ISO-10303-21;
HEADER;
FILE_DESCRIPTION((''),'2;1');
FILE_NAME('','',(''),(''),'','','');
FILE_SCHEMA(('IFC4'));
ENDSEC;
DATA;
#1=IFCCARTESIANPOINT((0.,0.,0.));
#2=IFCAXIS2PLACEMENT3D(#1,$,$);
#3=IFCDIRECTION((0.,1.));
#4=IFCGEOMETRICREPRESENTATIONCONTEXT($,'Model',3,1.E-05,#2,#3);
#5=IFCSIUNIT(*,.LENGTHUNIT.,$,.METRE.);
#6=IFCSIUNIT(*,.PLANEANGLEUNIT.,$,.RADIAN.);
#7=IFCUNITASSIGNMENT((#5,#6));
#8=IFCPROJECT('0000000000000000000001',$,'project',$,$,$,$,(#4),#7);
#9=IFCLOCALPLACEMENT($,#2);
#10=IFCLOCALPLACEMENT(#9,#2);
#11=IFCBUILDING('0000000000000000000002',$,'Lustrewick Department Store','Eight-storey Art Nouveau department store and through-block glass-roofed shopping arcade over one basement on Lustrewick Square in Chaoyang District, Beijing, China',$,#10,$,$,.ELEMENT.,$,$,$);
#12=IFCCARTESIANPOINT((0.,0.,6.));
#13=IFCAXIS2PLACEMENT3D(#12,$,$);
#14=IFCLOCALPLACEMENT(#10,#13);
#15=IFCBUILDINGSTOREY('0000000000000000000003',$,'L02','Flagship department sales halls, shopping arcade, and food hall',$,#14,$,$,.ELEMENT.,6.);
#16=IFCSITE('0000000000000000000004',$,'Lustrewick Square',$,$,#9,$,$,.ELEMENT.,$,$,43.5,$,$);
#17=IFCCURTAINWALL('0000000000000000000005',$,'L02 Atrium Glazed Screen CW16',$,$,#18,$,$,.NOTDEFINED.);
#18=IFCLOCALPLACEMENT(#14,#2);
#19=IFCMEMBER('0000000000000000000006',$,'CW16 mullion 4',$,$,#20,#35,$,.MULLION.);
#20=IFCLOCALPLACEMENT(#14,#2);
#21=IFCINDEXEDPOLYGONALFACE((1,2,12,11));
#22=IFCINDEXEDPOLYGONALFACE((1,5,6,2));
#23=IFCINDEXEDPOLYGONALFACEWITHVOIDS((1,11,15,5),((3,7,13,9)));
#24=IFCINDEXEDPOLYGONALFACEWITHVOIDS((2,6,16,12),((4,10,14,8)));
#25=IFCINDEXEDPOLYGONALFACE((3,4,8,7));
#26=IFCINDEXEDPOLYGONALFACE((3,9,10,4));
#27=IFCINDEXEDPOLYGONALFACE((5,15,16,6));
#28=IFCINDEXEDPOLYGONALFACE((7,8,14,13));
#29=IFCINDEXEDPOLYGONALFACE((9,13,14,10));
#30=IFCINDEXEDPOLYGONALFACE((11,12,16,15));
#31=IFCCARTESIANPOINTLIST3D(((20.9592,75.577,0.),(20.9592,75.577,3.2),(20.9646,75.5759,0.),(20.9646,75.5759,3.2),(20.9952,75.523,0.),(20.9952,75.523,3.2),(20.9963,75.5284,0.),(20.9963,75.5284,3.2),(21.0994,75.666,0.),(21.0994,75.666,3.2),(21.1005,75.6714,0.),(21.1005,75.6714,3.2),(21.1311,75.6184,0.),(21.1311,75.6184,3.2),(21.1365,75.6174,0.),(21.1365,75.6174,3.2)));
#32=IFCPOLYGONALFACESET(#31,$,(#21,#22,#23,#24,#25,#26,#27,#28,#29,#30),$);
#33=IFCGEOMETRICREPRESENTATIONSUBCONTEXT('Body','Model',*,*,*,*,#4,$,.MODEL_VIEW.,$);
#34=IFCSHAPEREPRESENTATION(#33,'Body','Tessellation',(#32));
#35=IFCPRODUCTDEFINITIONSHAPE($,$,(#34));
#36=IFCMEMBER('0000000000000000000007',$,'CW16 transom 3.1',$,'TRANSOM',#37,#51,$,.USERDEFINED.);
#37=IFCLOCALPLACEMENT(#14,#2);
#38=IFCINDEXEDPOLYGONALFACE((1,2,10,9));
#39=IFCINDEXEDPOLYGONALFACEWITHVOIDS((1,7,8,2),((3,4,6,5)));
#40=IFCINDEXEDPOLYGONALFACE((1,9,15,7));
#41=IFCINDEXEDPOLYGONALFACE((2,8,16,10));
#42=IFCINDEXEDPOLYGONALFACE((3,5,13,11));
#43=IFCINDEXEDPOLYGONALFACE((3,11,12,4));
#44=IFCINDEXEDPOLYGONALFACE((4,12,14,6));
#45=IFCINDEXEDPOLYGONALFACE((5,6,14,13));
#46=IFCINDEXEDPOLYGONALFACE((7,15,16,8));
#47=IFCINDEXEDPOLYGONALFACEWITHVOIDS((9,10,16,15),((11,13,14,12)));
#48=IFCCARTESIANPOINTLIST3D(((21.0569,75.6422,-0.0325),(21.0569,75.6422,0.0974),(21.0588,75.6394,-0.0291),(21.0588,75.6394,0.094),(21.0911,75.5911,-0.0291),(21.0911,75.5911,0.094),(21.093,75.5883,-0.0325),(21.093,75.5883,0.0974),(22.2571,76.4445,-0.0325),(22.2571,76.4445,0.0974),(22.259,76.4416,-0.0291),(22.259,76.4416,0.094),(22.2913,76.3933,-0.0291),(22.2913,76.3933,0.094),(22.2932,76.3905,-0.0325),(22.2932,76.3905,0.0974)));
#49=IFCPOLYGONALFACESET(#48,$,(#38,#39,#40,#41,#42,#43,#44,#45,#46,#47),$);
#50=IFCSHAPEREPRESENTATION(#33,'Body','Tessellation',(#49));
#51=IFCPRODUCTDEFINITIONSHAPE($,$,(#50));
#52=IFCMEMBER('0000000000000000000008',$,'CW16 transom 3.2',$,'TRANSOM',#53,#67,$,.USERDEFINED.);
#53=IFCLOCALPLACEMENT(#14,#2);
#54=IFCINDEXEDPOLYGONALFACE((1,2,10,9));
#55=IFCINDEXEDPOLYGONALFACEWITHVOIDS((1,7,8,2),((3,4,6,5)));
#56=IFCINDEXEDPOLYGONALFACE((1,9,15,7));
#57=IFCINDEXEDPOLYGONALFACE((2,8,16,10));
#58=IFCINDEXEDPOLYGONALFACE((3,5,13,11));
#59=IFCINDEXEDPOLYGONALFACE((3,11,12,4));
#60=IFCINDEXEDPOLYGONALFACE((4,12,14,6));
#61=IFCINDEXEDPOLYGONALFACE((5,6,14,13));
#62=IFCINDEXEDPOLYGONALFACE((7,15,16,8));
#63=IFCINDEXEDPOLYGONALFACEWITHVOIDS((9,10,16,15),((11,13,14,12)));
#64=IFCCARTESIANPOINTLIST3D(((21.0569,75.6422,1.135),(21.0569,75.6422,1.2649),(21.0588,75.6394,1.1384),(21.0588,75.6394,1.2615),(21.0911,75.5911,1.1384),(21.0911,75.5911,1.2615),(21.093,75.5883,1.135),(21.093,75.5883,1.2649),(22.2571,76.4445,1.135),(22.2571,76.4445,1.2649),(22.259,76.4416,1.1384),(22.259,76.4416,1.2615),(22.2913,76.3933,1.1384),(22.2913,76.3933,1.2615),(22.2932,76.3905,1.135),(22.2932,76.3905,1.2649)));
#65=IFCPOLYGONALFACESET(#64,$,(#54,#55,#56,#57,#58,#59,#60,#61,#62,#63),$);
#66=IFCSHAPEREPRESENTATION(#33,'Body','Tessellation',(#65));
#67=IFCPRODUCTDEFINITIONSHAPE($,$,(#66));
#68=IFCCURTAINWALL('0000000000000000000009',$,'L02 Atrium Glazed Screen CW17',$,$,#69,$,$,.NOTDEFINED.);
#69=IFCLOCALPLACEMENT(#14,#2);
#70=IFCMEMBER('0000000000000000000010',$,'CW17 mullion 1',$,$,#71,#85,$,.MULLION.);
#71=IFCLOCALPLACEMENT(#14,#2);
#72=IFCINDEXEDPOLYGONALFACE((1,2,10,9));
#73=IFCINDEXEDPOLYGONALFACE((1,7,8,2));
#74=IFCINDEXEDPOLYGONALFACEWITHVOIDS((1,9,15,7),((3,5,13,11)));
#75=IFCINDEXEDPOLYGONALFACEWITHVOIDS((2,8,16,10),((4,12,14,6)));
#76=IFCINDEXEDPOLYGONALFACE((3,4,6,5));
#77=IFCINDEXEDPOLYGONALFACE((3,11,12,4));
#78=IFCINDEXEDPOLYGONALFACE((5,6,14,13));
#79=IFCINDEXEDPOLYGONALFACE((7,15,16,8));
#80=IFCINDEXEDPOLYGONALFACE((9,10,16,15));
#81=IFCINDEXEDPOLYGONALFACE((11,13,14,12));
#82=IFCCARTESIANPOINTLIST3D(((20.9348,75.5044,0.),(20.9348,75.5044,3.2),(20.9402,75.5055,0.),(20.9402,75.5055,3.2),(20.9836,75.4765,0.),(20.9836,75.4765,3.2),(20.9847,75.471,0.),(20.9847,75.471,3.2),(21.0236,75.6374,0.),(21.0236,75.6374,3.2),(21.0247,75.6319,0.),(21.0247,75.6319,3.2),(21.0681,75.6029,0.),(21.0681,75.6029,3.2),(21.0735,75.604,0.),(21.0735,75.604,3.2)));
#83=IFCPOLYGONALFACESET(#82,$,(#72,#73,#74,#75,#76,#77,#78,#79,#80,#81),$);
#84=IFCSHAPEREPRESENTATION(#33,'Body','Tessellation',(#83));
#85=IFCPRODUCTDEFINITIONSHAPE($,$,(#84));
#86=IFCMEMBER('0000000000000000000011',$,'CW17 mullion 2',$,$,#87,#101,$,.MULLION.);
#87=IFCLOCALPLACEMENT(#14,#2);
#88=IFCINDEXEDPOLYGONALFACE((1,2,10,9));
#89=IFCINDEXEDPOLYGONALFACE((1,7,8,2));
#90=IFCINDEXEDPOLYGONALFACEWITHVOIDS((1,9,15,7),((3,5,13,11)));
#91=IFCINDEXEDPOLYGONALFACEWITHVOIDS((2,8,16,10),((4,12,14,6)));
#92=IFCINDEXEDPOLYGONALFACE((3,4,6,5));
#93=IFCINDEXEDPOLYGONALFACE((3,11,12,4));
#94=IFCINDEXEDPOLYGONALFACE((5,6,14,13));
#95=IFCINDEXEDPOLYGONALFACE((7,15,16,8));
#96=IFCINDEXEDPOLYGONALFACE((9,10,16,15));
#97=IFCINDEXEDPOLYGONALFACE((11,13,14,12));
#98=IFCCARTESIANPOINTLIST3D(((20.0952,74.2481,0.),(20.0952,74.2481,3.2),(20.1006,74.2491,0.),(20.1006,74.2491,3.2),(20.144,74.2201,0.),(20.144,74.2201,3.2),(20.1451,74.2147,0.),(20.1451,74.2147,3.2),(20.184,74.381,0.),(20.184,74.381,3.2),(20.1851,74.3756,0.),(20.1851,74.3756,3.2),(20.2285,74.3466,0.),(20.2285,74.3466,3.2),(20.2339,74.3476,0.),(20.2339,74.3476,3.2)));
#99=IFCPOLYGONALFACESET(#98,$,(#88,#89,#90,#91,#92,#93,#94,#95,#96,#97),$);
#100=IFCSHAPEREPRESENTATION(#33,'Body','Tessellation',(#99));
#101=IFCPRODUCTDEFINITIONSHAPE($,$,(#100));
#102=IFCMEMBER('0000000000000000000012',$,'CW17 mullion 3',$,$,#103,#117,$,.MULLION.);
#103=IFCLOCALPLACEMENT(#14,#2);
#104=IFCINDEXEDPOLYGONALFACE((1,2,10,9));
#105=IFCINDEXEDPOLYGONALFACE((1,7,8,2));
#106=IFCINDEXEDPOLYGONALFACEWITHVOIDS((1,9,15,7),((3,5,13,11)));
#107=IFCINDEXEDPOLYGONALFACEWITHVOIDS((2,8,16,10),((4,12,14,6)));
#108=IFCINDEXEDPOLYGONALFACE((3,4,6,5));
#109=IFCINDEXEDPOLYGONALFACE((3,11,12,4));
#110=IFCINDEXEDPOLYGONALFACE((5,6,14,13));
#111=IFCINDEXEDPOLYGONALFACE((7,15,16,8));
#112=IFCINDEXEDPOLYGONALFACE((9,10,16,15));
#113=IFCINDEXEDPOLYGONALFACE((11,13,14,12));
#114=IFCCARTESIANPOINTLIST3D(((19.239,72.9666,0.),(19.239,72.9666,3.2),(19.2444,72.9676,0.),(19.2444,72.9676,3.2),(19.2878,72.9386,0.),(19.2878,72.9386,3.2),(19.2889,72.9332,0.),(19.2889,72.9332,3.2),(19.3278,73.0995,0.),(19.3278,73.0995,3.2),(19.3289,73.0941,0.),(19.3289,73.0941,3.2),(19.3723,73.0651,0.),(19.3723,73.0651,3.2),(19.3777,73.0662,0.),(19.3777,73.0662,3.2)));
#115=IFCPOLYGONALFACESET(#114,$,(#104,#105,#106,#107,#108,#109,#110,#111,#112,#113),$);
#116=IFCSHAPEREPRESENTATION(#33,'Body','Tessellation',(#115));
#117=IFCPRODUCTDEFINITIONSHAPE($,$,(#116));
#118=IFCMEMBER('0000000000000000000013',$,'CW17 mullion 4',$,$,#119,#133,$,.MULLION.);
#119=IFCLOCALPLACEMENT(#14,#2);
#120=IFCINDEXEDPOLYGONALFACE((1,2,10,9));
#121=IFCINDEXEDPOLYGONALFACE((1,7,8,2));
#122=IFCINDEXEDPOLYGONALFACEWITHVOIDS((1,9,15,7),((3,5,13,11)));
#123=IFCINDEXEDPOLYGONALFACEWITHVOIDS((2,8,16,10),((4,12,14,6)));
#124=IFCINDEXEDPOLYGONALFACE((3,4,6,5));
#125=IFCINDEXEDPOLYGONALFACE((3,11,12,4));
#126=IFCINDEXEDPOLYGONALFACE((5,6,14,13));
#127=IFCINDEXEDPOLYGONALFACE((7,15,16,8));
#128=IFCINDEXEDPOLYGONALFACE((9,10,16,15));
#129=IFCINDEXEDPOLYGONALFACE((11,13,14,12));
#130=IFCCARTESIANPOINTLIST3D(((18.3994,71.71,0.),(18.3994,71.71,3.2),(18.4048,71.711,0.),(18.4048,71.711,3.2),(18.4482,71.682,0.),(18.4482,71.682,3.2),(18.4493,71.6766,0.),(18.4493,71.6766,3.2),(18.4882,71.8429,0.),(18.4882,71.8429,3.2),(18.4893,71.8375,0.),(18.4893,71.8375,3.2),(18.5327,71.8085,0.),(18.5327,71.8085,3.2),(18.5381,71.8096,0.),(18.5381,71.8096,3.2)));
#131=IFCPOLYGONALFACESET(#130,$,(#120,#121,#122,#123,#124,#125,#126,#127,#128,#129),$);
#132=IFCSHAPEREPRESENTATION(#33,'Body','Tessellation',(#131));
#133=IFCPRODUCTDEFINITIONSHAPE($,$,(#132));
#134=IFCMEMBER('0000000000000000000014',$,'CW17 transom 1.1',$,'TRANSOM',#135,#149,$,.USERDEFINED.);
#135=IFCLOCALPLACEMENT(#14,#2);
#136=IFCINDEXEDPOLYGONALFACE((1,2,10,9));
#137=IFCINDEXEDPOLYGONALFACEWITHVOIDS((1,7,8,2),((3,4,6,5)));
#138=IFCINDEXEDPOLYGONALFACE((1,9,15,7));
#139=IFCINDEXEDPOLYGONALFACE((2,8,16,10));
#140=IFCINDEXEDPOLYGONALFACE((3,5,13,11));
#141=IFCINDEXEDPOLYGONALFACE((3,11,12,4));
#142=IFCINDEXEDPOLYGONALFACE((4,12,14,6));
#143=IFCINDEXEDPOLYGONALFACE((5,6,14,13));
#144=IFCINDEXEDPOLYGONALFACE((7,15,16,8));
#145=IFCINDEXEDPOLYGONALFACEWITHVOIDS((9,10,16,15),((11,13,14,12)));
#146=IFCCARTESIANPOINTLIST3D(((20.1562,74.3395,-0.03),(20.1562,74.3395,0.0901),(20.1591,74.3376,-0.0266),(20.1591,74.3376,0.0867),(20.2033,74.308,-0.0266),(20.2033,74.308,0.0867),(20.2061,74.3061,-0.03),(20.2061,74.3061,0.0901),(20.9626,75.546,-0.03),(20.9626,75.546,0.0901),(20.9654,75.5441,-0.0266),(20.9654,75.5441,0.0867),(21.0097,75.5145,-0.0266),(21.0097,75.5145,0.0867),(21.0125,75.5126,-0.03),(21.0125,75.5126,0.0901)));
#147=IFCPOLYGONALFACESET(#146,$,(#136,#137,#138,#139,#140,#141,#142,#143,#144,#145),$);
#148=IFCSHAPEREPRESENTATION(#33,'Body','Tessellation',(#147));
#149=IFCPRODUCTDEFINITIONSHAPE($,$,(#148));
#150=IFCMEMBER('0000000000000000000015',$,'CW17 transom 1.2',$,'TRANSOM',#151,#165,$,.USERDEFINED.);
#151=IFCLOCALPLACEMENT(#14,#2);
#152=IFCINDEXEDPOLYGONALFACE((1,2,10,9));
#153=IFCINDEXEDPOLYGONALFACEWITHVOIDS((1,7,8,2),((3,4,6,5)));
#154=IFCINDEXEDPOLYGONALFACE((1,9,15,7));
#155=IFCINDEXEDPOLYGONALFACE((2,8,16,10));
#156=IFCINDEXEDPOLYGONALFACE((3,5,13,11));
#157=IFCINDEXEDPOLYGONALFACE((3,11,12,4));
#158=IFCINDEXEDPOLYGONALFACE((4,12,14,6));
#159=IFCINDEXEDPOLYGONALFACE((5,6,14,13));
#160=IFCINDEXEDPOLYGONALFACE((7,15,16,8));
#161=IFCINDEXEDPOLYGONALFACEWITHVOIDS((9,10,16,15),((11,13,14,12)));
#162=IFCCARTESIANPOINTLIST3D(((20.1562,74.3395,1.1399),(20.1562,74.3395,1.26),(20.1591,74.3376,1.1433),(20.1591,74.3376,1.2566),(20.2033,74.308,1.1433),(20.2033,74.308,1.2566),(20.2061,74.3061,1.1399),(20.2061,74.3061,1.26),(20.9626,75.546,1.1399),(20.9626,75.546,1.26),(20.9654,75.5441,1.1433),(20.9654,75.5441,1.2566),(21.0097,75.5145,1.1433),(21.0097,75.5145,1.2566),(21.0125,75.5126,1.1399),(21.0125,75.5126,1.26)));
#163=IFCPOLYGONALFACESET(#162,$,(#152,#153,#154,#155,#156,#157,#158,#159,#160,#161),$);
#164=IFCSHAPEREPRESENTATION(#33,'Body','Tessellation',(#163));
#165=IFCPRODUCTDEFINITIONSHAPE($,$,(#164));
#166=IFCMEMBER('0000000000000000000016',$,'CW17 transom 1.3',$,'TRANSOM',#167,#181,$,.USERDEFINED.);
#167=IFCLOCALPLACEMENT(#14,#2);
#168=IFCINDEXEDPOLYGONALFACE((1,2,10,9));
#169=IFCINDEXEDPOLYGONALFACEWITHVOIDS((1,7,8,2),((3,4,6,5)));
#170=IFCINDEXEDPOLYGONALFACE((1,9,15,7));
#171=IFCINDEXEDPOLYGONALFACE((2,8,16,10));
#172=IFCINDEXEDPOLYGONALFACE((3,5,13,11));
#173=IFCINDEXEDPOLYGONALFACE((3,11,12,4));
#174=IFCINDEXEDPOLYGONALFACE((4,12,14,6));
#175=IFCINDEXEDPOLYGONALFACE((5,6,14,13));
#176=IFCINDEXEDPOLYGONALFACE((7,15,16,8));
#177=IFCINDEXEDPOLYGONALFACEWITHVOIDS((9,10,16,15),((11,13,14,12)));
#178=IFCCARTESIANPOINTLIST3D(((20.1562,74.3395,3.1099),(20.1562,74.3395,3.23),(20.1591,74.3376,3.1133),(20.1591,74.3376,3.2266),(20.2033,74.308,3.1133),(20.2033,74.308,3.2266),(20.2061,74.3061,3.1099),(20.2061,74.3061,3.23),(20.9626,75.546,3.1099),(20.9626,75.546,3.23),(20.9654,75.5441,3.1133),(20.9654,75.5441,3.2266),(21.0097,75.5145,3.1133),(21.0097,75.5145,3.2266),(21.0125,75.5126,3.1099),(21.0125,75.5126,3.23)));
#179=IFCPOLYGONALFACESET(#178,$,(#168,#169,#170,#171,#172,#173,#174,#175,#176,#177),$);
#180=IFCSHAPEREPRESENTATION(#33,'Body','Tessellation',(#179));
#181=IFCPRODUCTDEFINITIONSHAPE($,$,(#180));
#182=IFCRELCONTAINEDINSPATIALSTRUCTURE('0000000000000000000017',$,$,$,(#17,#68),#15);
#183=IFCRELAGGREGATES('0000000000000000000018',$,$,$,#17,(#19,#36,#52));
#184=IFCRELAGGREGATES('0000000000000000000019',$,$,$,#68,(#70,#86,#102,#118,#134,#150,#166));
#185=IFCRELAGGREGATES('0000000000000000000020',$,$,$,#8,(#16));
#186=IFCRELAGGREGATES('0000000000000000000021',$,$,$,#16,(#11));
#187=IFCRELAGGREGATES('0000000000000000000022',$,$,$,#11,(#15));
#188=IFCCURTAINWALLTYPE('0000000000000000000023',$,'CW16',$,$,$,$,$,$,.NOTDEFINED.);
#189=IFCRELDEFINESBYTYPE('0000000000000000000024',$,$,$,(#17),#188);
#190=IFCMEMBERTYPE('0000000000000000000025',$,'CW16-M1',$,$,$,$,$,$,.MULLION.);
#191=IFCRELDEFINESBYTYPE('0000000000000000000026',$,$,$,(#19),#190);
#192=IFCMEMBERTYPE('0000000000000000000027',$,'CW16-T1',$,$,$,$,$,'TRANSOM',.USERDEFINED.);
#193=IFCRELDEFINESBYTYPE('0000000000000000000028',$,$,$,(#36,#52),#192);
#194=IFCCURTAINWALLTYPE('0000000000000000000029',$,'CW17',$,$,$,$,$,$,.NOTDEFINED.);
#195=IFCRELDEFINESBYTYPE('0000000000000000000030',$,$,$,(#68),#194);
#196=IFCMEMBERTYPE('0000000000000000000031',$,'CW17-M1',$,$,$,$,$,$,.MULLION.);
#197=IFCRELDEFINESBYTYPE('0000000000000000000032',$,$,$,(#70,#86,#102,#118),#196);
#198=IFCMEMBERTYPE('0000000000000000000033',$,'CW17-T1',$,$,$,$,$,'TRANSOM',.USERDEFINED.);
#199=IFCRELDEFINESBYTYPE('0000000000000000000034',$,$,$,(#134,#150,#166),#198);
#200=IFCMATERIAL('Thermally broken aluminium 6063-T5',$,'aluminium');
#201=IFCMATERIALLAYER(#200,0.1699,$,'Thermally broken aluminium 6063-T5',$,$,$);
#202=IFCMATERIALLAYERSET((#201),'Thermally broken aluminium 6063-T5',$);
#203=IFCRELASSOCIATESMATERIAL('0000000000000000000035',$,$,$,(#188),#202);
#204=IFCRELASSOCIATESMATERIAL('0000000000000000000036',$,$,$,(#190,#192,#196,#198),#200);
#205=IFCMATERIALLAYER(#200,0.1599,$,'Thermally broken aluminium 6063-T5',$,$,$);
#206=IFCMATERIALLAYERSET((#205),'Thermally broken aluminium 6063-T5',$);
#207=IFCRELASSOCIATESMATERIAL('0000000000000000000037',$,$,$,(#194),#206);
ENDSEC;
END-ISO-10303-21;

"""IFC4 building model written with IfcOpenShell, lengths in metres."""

from ifc_helpers import new_model, si_unit, direction, frame, origin, origin_2d, place, context, subcontext, project, spatial, hollow_rectangle, extrude, material, layer, layer_set, material_profile, profile_set, type_object, element, aggregate, save


model = new_model("IFC4")

# Units and contexts
model_context = context("Model", 3, precision=1e-05, world=origin(), true_north=direction((0.0, 1.0)))
body_context = subcontext(model_context, "Body", "Model", "MODEL_VIEW")
ifc_project = project(units=[si_unit("LENGTHUNIT", "METRE"), si_unit("PLANEANGLEUNIT", "RADIAN")], contexts=[model_context])

# Site, building, storey
site_placement = place(None, origin())
site = spatial("IfcSite", under=ifc_project, at=site_placement, Name="Lustrewick Square", CompositionType="ELEMENT", RefElevation=43.5)
building_placement = place(site_placement, origin())
building = spatial("IfcBuilding", under=site, at=building_placement, Name="Lustrewick Department Store", Description="Eight-storey Art Nouveau department store and through-block glass-roofed shopping arcade over one basement on Lustrewick Square in Chaoyang District, Beijing, China", CompositionType="ELEMENT")
storey_placement = place(building_placement, frame((0.0, 0.0, 6.0)))
storey = spatial("IfcBuildingStorey", under=building, at=storey_placement, Name="L02", Description="Flagship department sales halls, shopping arcade, and food hall", CompositionType="ELEMENT", Elevation=6.0)

# Curtain walls, members
ifc_material_1 = material(Name="Thermally broken aluminium 6063-T5", Category="aluminium")
ifc_layer_1 = layer(ifc_material_1, 0.1699, Name="Thermally broken aluminium 6063-T5")
ifc_layer_set_1 = layer_set([ifc_layer_1], Name="Thermally broken aluminium 6063-T5")
curtain_wall_type_1 = type_object("IfcCurtainWallType", Name="CW16", PredefinedType="NOTDEFINED", material=ifc_layer_set_1)
curtain_wall_1_placement = place(storey_placement, origin())
curtain_wall_1 = element("IfcCurtainWall", 1, at=curtain_wall_1_placement, inside=storey, type_object=curtain_wall_type_1, Name="L02 Atrium Glazed Screen CW16", PredefinedType="NOTDEFINED")
ifc_material_profile_1 = material_profile(ifc_material_1, hollow_rectangle(XDim=0.0649, YDim=0.1699, WallThickness=0.0039, at=origin_2d()), Name="ALU-M 65x170x4")
ifc_profile_set_1 = profile_set([ifc_material_profile_1], Name="Thermally broken aluminium 6063-T5")
member_type_1 = type_object("IfcMemberType", Name="CW16-M1", PredefinedType="MULLION", material=ifc_profile_set_1)
member_1_placement = place(storey_placement, frame((21.0479, 75.5972, 0.0), z_axis=(0.0, 0.0, 1.0), x_axis=(0.555578, -0.831464, 0.0)))
member_1 = element("IfcMember", 2, at=member_1_placement, type_object=member_type_1, Name="CW16 mullion 4", PredefinedType="MULLION", context=body_context, shape_type="SweptSolid", body=[
    extrude(hollow_rectangle(XDim=0.0649, YDim=0.1699, WallThickness=0.0039, at=origin_2d()), origin(), (0.0, 0.0, 1.0), 3.2),
])
ifc_material_profile_2 = material_profile(ifc_material_1, hollow_rectangle(XDim=0.0649, YDim=0.1299, WallThickness=0.0034, at=origin_2d()), Name="ALU-T 65x130x3.5")
ifc_profile_set_2 = profile_set([ifc_material_profile_2], Name="Thermally broken aluminium 6063-T5")
member_type_2 = type_object("IfcMemberType", Name="CW16-T1", ElementType="TRANSOM", PredefinedType="USERDEFINED", material=ifc_profile_set_2)
member_2_placement = place(storey_placement, frame((22.2751, 76.4175, 0.0325), z_axis=(-0.831373, -0.555714, 0.0), x_axis=(0.555714, -0.831373, 0.0)))
member_2 = element("IfcMember", 3, at=member_2_placement, type_object=member_type_2, Name="CW16 transom 3.1", ObjectType="TRANSOM", PredefinedType="USERDEFINED", context=body_context, shape_type="SweptSolid", body=[
    extrude(hollow_rectangle(XDim=0.0649, YDim=0.1299, WallThickness=0.0034, at=origin_2d()), origin(), (0.0, 0.0, 1.0), 1.4436),
])
member_3_placement = place(storey_placement, frame((22.2751, 76.4175, 1.2), z_axis=(-0.831373, -0.555714, 0.0), x_axis=(0.555714, -0.831373, 0.0)))
member_3 = element("IfcMember", 4, at=member_3_placement, type_object=member_type_2, Name="CW16 transom 3.2", ObjectType="TRANSOM", PredefinedType="USERDEFINED", context=body_context, shape_type="SweptSolid", body=[
    extrude(hollow_rectangle(XDim=0.0649, YDim=0.1299, WallThickness=0.0034, at=origin_2d()), origin(), (0.0, 0.0, 1.0), 1.4436),
])
ifc_layer_2 = layer(ifc_material_1, 0.1599, Name="Thermally broken aluminium 6063-T5")
ifc_layer_set_2 = layer_set([ifc_layer_2], Name="Thermally broken aluminium 6063-T5")
curtain_wall_type_2 = type_object("IfcCurtainWallType", Name="CW17", PredefinedType="NOTDEFINED", material=ifc_layer_set_2)
curtain_wall_2_placement = place(storey_placement, origin())
curtain_wall_2 = element("IfcCurtainWall", 5, at=curtain_wall_2_placement, inside=storey, type_object=curtain_wall_type_2, Name="L02 Atrium Glazed Screen CW17", PredefinedType="NOTDEFINED")
ifc_material_profile_3 = material_profile(ifc_material_1, hollow_rectangle(XDim=0.0601, YDim=0.1599, WallThickness=0.0039, at=origin_2d()), Name="ALU-M 60x160x4")
ifc_profile_set_3 = profile_set([ifc_material_profile_3], Name="Thermally broken aluminium 6063-T5")
member_type_3 = type_object("IfcMemberType", Name="CW17-M1", PredefinedType="MULLION", material=ifc_profile_set_3)
member_4_placement = place(storey_placement, frame((21.0042, 75.5542, 0.0), z_axis=(0.0, 0.0, 1.0), x_axis=(0.831464, -0.555578, 0.0)))
member_4 = element("IfcMember", 6, at=member_4_placement, type_object=member_type_3, Name="CW17 mullion 1", PredefinedType="MULLION", context=body_context, shape_type="SweptSolid", body=[
    extrude(hollow_rectangle(XDim=0.0601, YDim=0.1599, WallThickness=0.0039, at=origin_2d()), origin(), (0.0, 0.0, 1.0), 3.2),
])
member_5_placement = place(storey_placement, frame((20.1646, 74.2979, 0.0), z_axis=(0.0, 0.0, 1.0), x_axis=(0.831464, -0.555578, 0.0)))
member_5 = element("IfcMember", 7, at=member_5_placement, type_object=member_type_3, Name="CW17 mullion 2", PredefinedType="MULLION", context=body_context, shape_type="SweptSolid", body=[
    extrude(hollow_rectangle(XDim=0.0601, YDim=0.1599, WallThickness=0.0039, at=origin_2d()), origin(), (0.0, 0.0, 1.0), 3.2),
])
member_6_placement = place(storey_placement, frame((19.3083, 73.0164, 0.0), z_axis=(0.0, 0.0, 1.0), x_axis=(0.831464, -0.555578, 0.0)))
member_6 = element("IfcMember", 8, at=member_6_placement, type_object=member_type_3, Name="CW17 mullion 3", PredefinedType="MULLION", context=body_context, shape_type="SweptSolid", body=[
    extrude(hollow_rectangle(XDim=0.0601, YDim=0.1599, WallThickness=0.0039, at=origin_2d()), origin(), (0.0, 0.0, 1.0), 3.2),
])
member_7_placement = place(storey_placement, frame((18.4688, 71.7598, 0.0), z_axis=(0.0, 0.0, 1.0), x_axis=(0.831464, -0.555578, 0.0)))
member_7 = element("IfcMember", 9, at=member_7_placement, type_object=member_type_3, Name="CW17 mullion 4", PredefinedType="MULLION", context=body_context, shape_type="SweptSolid", body=[
    extrude(hollow_rectangle(XDim=0.0601, YDim=0.1599, WallThickness=0.0039, at=origin_2d()), origin(), (0.0, 0.0, 1.0), 3.2),
])
ifc_material_profile_4 = material_profile(ifc_material_1, hollow_rectangle(XDim=0.0601, YDim=0.1201, WallThickness=0.0034, at=origin_2d()), Name="ALU-T 60x120x3.5")
ifc_profile_set_4 = profile_set([ifc_material_profile_4], Name="Thermally broken aluminium 6063-T5")
member_type_4 = type_object("IfcMemberType", Name="CW17-T1", ElementType="TRANSOM", PredefinedType="USERDEFINED", material=ifc_profile_set_4)
member_8_placement = place(storey_placement, frame((20.9875, 75.5293, 0.03), z_axis=(-0.55567, -0.831403, 0.0), x_axis=(0.831403, -0.55567, 0.0)))
member_8 = element("IfcMember", 10, at=member_8_placement, type_object=member_type_4, Name="CW17 transom 1.1", ObjectType="TRANSOM", PredefinedType="USERDEFINED", context=body_context, shape_type="SweptSolid", body=[
    extrude(hollow_rectangle(XDim=0.0601, YDim=0.1201, WallThickness=0.0034, at=origin_2d()), origin(), (0.0, 0.0, 1.0), 1.4512),
])
member_9_placement = place(storey_placement, frame((20.9875, 75.5293, 1.2), z_axis=(-0.55567, -0.831403, 0.0), x_axis=(0.831403, -0.55567, 0.0)))
member_9 = element("IfcMember", 11, at=member_9_placement, type_object=member_type_4, Name="CW17 transom 1.2", ObjectType="TRANSOM", PredefinedType="USERDEFINED", context=body_context, shape_type="SweptSolid", body=[
    extrude(hollow_rectangle(XDim=0.0601, YDim=0.1201, WallThickness=0.0034, at=origin_2d()), origin(), (0.0, 0.0, 1.0), 1.4512),
])
member_10_placement = place(storey_placement, frame((20.9875, 75.5293, 3.1699), z_axis=(-0.55567, -0.831403, 0.0), x_axis=(0.831403, -0.55567, 0.0)))
member_10 = element("IfcMember", 12, at=member_10_placement, type_object=member_type_4, Name="CW17 transom 1.3", ObjectType="TRANSOM", PredefinedType="USERDEFINED", context=body_context, shape_type="SweptSolid", body=[
    extrude(hollow_rectangle(XDim=0.0601, YDim=0.1201, WallThickness=0.0034, at=origin_2d()), origin(), (0.0, 0.0, 1.0), 1.4512),
])

aggregate(curtain_wall_1, [member_1, member_2, member_3])
aggregate(curtain_wall_2, [member_4, member_5, member_6, member_7, member_8, member_9, member_10])

save(model, "model.ifc")
